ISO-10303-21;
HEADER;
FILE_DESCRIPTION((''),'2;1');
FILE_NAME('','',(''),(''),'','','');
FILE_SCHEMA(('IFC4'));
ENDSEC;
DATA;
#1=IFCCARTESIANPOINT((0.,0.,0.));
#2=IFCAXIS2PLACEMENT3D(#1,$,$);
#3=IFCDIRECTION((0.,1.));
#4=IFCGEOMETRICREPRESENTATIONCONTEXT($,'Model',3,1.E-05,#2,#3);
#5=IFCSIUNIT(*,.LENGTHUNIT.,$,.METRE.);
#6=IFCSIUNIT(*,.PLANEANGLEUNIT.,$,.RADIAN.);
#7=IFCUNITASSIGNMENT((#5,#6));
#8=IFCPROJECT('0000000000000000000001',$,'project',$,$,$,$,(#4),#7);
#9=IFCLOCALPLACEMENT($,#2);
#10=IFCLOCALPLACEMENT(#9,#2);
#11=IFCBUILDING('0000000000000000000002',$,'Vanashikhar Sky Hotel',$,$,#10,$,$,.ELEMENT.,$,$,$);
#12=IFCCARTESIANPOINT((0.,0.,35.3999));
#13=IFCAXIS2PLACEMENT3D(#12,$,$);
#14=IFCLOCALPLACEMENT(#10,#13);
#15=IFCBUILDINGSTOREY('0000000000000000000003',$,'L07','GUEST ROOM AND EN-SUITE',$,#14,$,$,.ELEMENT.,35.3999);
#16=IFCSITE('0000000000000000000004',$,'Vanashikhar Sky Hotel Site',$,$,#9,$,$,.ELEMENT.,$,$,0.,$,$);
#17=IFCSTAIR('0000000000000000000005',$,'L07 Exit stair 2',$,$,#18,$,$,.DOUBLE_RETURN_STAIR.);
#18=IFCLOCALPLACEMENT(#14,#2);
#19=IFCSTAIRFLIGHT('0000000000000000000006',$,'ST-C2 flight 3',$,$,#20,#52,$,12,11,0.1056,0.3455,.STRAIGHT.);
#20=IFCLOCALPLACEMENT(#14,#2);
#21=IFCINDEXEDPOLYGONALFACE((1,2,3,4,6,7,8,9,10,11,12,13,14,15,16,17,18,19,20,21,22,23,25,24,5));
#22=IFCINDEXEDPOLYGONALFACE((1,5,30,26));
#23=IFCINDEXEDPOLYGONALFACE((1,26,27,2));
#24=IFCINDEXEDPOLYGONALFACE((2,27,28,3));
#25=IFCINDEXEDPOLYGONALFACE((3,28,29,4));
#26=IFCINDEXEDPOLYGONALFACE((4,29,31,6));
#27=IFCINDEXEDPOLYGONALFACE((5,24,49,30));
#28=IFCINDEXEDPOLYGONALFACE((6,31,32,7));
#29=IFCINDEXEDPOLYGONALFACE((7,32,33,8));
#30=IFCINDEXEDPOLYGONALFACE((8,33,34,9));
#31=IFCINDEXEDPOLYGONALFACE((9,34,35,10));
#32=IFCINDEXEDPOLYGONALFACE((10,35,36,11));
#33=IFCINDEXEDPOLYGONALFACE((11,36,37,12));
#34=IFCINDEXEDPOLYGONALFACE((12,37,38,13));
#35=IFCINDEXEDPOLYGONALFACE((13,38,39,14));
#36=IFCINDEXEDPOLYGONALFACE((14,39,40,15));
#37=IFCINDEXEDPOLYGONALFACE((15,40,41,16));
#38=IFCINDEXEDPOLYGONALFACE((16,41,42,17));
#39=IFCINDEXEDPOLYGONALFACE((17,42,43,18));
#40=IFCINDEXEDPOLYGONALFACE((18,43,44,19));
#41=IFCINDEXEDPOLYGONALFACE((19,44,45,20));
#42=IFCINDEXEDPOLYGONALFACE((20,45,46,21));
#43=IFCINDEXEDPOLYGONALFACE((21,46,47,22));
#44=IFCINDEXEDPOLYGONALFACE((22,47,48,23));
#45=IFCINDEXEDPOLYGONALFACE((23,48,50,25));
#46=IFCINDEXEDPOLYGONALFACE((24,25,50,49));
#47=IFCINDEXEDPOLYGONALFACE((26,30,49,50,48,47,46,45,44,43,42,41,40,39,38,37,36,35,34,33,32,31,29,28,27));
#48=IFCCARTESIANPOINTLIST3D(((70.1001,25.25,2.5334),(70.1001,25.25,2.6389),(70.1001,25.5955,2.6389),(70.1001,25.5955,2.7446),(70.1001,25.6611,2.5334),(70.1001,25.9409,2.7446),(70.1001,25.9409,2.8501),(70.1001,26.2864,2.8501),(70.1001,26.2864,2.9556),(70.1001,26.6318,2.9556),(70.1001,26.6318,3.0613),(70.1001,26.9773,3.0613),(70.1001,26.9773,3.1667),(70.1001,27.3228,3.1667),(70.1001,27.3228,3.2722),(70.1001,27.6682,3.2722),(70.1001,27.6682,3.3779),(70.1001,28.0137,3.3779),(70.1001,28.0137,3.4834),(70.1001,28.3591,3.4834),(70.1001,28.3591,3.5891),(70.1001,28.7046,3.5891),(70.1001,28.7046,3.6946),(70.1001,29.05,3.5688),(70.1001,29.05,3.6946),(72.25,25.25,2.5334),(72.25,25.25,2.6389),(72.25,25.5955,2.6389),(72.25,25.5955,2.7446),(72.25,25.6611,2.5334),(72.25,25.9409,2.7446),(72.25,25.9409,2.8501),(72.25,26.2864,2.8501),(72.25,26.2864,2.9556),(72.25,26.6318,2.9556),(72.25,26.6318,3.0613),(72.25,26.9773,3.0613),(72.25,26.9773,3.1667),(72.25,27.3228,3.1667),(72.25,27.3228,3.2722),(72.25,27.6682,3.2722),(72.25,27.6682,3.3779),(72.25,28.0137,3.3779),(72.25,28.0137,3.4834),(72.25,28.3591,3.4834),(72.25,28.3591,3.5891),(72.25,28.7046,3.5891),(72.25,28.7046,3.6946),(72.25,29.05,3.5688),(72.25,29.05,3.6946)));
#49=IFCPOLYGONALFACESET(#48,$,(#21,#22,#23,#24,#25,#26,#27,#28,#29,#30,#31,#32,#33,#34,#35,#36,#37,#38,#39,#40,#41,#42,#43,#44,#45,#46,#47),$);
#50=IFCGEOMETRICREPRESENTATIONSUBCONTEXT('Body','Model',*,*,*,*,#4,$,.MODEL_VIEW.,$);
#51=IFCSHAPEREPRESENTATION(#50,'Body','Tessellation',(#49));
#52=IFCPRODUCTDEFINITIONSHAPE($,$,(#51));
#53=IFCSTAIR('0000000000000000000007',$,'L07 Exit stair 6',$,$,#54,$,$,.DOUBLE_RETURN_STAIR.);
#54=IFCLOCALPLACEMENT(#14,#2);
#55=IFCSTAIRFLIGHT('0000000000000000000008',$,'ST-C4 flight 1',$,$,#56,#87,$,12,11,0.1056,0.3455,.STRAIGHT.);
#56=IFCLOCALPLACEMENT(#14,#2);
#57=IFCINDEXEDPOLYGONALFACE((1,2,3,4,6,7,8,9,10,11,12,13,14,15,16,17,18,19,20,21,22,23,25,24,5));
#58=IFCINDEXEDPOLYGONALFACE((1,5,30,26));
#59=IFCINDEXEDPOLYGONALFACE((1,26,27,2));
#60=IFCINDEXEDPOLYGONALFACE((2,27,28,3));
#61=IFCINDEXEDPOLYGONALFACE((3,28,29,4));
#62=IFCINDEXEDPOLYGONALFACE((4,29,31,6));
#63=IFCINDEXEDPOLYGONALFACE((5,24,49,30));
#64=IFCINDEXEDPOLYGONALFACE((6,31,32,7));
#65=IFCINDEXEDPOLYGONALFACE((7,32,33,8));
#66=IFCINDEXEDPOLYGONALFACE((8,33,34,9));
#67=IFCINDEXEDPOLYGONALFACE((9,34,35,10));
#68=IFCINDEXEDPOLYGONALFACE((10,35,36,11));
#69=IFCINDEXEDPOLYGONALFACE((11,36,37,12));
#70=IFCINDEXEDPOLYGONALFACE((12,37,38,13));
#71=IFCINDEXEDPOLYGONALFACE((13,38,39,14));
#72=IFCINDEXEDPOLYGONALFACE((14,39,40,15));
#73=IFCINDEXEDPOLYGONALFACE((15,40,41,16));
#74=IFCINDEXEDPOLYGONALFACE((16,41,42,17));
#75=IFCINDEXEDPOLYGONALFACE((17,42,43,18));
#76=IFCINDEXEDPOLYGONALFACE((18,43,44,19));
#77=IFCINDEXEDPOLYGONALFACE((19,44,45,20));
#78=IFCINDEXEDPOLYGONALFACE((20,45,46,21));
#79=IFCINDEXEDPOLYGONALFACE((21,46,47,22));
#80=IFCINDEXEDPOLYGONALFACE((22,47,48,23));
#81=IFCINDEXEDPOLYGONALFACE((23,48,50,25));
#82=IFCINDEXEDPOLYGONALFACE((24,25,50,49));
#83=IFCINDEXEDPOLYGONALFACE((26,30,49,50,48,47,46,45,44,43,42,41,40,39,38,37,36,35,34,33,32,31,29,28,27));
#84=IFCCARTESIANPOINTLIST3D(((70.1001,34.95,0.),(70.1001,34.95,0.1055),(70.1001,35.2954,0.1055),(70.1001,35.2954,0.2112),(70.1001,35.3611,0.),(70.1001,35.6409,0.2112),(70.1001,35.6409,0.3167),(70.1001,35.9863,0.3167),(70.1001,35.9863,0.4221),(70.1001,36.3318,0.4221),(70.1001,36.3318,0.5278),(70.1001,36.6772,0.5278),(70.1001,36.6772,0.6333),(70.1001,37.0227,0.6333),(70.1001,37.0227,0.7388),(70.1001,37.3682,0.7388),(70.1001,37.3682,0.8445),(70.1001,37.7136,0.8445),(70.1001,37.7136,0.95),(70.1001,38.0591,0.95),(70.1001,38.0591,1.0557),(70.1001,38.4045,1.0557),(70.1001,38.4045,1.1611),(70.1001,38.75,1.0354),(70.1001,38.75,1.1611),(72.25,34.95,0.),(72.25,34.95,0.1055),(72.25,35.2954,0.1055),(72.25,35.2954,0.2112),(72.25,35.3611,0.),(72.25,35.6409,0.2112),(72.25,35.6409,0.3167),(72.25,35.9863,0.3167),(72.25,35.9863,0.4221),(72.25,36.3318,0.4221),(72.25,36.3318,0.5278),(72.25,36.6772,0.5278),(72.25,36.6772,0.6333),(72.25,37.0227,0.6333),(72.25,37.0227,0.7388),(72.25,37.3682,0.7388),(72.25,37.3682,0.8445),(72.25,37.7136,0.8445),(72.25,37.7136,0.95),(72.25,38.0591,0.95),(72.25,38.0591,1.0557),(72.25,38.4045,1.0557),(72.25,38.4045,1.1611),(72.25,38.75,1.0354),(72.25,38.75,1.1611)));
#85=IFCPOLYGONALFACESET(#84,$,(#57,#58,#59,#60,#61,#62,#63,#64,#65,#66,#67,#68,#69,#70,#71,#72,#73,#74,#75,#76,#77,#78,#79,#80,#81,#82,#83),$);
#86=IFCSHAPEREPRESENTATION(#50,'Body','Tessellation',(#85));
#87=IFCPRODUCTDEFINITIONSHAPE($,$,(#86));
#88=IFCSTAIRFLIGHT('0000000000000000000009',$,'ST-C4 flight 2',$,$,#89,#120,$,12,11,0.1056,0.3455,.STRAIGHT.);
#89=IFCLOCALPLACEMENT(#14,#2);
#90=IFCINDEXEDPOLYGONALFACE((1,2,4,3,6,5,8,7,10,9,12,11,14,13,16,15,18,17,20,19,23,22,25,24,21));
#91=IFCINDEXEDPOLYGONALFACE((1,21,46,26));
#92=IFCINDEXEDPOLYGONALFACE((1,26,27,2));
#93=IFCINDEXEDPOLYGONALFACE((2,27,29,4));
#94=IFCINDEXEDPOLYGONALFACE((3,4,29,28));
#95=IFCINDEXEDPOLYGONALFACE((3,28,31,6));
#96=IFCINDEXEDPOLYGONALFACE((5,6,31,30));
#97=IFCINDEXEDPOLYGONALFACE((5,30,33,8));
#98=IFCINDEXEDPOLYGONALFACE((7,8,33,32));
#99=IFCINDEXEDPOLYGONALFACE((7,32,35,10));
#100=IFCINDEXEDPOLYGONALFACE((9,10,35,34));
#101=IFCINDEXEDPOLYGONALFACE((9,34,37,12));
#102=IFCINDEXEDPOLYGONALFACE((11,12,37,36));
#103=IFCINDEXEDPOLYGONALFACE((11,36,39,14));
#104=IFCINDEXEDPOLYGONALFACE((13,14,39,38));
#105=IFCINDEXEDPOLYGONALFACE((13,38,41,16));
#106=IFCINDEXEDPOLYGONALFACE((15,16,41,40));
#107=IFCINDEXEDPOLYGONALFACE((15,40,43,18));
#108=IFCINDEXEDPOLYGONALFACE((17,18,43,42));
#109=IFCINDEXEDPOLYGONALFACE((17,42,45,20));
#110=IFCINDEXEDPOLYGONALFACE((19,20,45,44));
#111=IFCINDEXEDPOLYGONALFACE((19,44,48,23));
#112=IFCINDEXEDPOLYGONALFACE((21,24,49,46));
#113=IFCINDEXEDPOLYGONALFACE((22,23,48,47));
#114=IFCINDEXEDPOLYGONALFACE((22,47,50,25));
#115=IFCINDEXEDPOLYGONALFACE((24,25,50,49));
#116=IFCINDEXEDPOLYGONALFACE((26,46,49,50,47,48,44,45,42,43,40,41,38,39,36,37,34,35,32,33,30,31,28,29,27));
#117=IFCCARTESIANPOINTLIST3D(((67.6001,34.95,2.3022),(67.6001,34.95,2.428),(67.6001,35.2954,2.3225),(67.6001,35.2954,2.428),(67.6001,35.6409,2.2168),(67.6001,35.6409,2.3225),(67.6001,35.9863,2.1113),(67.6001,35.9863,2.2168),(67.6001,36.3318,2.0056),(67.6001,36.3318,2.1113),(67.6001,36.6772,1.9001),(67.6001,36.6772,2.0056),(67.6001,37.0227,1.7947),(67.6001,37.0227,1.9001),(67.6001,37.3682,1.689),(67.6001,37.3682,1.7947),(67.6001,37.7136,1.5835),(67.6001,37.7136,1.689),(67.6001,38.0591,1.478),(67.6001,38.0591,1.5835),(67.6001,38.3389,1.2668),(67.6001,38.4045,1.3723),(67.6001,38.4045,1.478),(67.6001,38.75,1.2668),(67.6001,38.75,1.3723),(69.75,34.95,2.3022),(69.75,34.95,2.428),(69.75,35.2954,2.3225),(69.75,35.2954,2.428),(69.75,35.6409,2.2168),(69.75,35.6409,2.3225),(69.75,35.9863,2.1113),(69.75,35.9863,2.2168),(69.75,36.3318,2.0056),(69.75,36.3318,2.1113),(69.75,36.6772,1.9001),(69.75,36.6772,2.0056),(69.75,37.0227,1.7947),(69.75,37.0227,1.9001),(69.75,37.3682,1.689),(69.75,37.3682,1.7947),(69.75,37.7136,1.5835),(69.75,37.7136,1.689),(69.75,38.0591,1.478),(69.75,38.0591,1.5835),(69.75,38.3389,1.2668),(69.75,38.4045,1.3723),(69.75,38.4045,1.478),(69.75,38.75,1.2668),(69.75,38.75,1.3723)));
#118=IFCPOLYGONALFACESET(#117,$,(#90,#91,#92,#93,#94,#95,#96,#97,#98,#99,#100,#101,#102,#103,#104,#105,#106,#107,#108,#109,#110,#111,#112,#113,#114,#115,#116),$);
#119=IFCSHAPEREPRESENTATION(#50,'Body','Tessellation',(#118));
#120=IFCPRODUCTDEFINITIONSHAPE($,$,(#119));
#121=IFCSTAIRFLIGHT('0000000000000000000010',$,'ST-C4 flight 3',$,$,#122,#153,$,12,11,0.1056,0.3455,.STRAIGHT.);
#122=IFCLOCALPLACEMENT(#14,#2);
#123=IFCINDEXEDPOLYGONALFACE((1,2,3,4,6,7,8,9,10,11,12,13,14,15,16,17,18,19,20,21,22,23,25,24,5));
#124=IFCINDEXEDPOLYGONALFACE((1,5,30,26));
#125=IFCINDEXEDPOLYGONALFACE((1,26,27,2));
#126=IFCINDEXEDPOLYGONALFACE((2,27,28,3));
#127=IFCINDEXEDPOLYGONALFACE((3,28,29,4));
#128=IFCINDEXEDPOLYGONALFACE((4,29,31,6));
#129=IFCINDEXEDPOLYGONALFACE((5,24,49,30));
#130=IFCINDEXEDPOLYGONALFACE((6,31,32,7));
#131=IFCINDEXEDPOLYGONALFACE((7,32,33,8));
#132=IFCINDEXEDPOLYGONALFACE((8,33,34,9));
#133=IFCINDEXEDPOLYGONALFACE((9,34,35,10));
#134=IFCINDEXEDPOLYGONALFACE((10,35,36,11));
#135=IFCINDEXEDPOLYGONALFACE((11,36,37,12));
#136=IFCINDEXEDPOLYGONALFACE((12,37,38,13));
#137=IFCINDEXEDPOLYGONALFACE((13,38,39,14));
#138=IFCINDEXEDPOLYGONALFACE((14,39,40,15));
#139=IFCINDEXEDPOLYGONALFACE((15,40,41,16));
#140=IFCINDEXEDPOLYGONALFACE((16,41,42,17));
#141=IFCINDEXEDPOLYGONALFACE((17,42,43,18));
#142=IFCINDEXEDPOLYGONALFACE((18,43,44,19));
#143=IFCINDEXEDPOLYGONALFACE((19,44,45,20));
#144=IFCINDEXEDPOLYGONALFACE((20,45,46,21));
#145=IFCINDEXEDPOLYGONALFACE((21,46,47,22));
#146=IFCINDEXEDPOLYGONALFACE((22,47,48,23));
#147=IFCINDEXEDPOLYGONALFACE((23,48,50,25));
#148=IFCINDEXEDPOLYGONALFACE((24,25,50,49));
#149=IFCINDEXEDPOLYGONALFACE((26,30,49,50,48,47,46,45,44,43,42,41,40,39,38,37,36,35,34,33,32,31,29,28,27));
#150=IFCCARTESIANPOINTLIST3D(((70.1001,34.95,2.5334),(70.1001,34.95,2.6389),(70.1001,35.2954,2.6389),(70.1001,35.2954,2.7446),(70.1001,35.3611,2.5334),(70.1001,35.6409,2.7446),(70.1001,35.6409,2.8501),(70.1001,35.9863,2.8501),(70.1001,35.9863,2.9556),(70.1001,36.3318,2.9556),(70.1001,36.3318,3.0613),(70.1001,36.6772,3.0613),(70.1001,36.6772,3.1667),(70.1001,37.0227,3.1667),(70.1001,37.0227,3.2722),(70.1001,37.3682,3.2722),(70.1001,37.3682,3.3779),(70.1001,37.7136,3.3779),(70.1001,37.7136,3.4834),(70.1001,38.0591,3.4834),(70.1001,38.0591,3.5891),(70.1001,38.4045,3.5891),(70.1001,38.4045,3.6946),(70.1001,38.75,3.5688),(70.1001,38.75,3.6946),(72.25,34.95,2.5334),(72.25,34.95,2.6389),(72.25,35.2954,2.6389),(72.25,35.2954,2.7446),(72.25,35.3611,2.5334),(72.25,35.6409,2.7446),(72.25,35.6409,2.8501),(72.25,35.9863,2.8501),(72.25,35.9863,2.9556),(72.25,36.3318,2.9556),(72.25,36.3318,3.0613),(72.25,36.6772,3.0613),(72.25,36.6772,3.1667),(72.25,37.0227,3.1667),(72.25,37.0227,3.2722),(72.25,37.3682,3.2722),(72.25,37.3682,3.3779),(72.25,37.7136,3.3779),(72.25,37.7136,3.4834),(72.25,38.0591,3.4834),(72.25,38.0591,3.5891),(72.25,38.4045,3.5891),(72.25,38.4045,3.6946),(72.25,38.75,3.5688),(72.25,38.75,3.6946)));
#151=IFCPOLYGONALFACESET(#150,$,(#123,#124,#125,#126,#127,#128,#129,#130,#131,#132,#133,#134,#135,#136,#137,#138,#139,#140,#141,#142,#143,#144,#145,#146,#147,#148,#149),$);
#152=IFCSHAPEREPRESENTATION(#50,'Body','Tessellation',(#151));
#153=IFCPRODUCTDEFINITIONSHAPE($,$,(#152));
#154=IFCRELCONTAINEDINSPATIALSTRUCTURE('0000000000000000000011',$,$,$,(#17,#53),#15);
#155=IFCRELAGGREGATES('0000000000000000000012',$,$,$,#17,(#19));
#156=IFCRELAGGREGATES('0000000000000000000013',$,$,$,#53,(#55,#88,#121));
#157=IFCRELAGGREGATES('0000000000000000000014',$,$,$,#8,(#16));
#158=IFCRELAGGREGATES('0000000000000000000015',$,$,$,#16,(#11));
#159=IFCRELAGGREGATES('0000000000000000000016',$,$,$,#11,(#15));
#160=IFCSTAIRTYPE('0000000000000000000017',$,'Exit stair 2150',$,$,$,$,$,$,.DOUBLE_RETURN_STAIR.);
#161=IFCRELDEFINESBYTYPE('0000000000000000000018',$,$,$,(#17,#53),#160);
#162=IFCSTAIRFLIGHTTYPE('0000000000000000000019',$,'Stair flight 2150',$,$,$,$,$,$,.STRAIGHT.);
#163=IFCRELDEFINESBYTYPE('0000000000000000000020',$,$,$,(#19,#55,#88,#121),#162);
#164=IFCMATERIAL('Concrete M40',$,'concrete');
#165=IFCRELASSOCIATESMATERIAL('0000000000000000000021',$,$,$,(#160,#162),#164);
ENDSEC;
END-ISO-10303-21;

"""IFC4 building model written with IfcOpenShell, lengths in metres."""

from ifc_helpers import new_model, si_unit, direction, frame, origin, place, context, subcontext, project, spatial, polyline, outline, extrude, source, transform, mapped, material, type_object, element, aggregate, save


model = new_model("IFC4")

# Units and contexts
model_context = context("Model", 3, precision=1e-05, world=origin(), true_north=direction((0.0, 1.0)))
body_context = subcontext(model_context, "Body", "Model", "MODEL_VIEW")
ifc_project = project(units=[si_unit("LENGTHUNIT", "METRE"), si_unit("PLANEANGLEUNIT", "RADIAN")], contexts=[model_context])

# Site, building, storey
site_placement = place(None, origin())
site = spatial("IfcSite", under=ifc_project, at=site_placement, Name="Vanashikhar Sky Hotel Site", CompositionType="ELEMENT", RefElevation=0.0)
building_placement = place(site_placement, origin())
building = spatial("IfcBuilding", under=site, at=building_placement, Name="Vanashikhar Sky Hotel", CompositionType="ELEMENT")
storey_placement = place(building_placement, frame((0.0, 0.0, 35.3999)))
storey = spatial("IfcBuildingStorey", under=building, at=storey_placement, Name="L07", Description="GUEST ROOM AND EN-SUITE", CompositionType="ELEMENT", Elevation=35.3999)

# Shared definitions
ifc_material_1 = material(Name="Concrete M40", Category="concrete")

# Stairs, stair flights
stair_type = type_object("IfcStairType", Name="Exit stair 2150", PredefinedType="DOUBLE_RETURN_STAIR", material=ifc_material_1)
stair_1_placement = place(storey_placement, origin())
stair_1 = element("IfcStair", 1, at=stair_1_placement, inside=storey, type_object=stair_type, Name="L07 Exit stair 2", PredefinedType="DOUBLE_RETURN_STAIR")
stair_flight_type = type_object("IfcStairFlightType", Name="Stair flight 2150", PredefinedType="STRAIGHT", material=ifc_material_1)
shared_shape_1 = source(origin(), body_context, "Body", "SweptSolid", [
    extrude(outline(polyline([(0.0, 0.0), (0.0, 0.1055), (0.3455, 0.1055), (0.3455, 0.2112), (0.6909, 0.2112), (0.6909, 0.3167), (1.0364, 0.3167), (1.0364, 0.4221), (1.3818, 0.4221), (1.3818, 0.5278), (1.7273, 0.5278), (1.7273, 0.6333), (2.0728, 0.6333), (2.0728, 0.7388), (2.4182, 0.7388), (2.4182, 0.8445), (2.7637, 0.8445), (2.7637, 0.95), (3.1091, 0.95), (3.1091, 1.0557), (3.4546, 1.0557), (3.4546, 1.1611), (3.8, 1.1611), (3.8, 1.2666), (3.8, 1.0354), (0.4111, 0.0), (0.0, 0.0)])), frame((0.0, 1.075, 0.0), z_axis=(0.0, -1.0, 0.0), x_axis=(1.0, 0.0, 0.0)), (0.0, 0.0, 1.0), 2.1499),
])
stair_flight_1_placement = place(storey_placement, frame((71.175, 25.25, 2.5334), z_axis=(0.0, 0.0, 1.0), x_axis=(0.0, 1.0, 0.0)))
stair_flight_1 = element("IfcStairFlight", 2, at=stair_flight_1_placement, type_object=stair_flight_type, Name="ST-C2 flight 3", NumberOfRisers=12, NumberOfTreads=11, PredefinedType="STRAIGHT", RiserHeight=0.1056, TreadLength=0.3455, context=body_context, shape_type="MappedRepresentation", body=[
    mapped(shared_shape_1, transform((0.0, 0.0, 0.0), scale=1.0)),
])
aggregate(stair_1, [stair_flight_1])
stair_2_placement = place(storey_placement, origin())
stair_2 = element("IfcStair", 3, at=stair_2_placement, inside=storey, type_object=stair_type, Name="L07 Exit stair 6", PredefinedType="DOUBLE_RETURN_STAIR")
stair_flight_2_placement = place(storey_placement, frame((71.175, 34.95, 0.0), z_axis=(0.0, 0.0, 1.0), x_axis=(0.0, 1.0, 0.0)))
stair_flight_2 = element("IfcStairFlight", 4, at=stair_flight_2_placement, type_object=stair_flight_type, Name="ST-C4 flight 1", NumberOfRisers=12, NumberOfTreads=11, PredefinedType="STRAIGHT", RiserHeight=0.1056, TreadLength=0.3455, context=body_context, shape_type="MappedRepresentation", body=[
    mapped(shared_shape_1, transform((0.0, 0.0, 0.0), scale=1.0)),
])
stair_flight_3_placement = place(storey_placement, frame((68.675, 38.75, 1.2668), z_axis=(0.0, 0.0, 1.0), x_axis=(0.0, -1.0, 0.0)))
stair_flight_3 = element("IfcStairFlight", 5, at=stair_flight_3_placement, type_object=stair_flight_type, Name="ST-C4 flight 2", NumberOfRisers=12, NumberOfTreads=11, PredefinedType="STRAIGHT", RiserHeight=0.1056, TreadLength=0.3455, context=body_context, shape_type="MappedRepresentation", body=[
    mapped(shared_shape_1, transform((0.0, 0.0, 0.0), scale=1.0)),
])
stair_flight_4_placement = place(storey_placement, frame((71.175, 34.95, 2.5334), z_axis=(0.0, 0.0, 1.0), x_axis=(0.0, 1.0, 0.0)))
stair_flight_4 = element("IfcStairFlight", 6, at=stair_flight_4_placement, type_object=stair_flight_type, Name="ST-C4 flight 3", NumberOfRisers=12, NumberOfTreads=11, PredefinedType="STRAIGHT", RiserHeight=0.1056, TreadLength=0.3455, context=body_context, shape_type="MappedRepresentation", body=[
    mapped(shared_shape_1, transform((0.0, 0.0, 0.0), scale=1.0)),
])
aggregate(stair_2, [stair_flight_2, stair_flight_3, stair_flight_4])

save(model, "model.ifc")
